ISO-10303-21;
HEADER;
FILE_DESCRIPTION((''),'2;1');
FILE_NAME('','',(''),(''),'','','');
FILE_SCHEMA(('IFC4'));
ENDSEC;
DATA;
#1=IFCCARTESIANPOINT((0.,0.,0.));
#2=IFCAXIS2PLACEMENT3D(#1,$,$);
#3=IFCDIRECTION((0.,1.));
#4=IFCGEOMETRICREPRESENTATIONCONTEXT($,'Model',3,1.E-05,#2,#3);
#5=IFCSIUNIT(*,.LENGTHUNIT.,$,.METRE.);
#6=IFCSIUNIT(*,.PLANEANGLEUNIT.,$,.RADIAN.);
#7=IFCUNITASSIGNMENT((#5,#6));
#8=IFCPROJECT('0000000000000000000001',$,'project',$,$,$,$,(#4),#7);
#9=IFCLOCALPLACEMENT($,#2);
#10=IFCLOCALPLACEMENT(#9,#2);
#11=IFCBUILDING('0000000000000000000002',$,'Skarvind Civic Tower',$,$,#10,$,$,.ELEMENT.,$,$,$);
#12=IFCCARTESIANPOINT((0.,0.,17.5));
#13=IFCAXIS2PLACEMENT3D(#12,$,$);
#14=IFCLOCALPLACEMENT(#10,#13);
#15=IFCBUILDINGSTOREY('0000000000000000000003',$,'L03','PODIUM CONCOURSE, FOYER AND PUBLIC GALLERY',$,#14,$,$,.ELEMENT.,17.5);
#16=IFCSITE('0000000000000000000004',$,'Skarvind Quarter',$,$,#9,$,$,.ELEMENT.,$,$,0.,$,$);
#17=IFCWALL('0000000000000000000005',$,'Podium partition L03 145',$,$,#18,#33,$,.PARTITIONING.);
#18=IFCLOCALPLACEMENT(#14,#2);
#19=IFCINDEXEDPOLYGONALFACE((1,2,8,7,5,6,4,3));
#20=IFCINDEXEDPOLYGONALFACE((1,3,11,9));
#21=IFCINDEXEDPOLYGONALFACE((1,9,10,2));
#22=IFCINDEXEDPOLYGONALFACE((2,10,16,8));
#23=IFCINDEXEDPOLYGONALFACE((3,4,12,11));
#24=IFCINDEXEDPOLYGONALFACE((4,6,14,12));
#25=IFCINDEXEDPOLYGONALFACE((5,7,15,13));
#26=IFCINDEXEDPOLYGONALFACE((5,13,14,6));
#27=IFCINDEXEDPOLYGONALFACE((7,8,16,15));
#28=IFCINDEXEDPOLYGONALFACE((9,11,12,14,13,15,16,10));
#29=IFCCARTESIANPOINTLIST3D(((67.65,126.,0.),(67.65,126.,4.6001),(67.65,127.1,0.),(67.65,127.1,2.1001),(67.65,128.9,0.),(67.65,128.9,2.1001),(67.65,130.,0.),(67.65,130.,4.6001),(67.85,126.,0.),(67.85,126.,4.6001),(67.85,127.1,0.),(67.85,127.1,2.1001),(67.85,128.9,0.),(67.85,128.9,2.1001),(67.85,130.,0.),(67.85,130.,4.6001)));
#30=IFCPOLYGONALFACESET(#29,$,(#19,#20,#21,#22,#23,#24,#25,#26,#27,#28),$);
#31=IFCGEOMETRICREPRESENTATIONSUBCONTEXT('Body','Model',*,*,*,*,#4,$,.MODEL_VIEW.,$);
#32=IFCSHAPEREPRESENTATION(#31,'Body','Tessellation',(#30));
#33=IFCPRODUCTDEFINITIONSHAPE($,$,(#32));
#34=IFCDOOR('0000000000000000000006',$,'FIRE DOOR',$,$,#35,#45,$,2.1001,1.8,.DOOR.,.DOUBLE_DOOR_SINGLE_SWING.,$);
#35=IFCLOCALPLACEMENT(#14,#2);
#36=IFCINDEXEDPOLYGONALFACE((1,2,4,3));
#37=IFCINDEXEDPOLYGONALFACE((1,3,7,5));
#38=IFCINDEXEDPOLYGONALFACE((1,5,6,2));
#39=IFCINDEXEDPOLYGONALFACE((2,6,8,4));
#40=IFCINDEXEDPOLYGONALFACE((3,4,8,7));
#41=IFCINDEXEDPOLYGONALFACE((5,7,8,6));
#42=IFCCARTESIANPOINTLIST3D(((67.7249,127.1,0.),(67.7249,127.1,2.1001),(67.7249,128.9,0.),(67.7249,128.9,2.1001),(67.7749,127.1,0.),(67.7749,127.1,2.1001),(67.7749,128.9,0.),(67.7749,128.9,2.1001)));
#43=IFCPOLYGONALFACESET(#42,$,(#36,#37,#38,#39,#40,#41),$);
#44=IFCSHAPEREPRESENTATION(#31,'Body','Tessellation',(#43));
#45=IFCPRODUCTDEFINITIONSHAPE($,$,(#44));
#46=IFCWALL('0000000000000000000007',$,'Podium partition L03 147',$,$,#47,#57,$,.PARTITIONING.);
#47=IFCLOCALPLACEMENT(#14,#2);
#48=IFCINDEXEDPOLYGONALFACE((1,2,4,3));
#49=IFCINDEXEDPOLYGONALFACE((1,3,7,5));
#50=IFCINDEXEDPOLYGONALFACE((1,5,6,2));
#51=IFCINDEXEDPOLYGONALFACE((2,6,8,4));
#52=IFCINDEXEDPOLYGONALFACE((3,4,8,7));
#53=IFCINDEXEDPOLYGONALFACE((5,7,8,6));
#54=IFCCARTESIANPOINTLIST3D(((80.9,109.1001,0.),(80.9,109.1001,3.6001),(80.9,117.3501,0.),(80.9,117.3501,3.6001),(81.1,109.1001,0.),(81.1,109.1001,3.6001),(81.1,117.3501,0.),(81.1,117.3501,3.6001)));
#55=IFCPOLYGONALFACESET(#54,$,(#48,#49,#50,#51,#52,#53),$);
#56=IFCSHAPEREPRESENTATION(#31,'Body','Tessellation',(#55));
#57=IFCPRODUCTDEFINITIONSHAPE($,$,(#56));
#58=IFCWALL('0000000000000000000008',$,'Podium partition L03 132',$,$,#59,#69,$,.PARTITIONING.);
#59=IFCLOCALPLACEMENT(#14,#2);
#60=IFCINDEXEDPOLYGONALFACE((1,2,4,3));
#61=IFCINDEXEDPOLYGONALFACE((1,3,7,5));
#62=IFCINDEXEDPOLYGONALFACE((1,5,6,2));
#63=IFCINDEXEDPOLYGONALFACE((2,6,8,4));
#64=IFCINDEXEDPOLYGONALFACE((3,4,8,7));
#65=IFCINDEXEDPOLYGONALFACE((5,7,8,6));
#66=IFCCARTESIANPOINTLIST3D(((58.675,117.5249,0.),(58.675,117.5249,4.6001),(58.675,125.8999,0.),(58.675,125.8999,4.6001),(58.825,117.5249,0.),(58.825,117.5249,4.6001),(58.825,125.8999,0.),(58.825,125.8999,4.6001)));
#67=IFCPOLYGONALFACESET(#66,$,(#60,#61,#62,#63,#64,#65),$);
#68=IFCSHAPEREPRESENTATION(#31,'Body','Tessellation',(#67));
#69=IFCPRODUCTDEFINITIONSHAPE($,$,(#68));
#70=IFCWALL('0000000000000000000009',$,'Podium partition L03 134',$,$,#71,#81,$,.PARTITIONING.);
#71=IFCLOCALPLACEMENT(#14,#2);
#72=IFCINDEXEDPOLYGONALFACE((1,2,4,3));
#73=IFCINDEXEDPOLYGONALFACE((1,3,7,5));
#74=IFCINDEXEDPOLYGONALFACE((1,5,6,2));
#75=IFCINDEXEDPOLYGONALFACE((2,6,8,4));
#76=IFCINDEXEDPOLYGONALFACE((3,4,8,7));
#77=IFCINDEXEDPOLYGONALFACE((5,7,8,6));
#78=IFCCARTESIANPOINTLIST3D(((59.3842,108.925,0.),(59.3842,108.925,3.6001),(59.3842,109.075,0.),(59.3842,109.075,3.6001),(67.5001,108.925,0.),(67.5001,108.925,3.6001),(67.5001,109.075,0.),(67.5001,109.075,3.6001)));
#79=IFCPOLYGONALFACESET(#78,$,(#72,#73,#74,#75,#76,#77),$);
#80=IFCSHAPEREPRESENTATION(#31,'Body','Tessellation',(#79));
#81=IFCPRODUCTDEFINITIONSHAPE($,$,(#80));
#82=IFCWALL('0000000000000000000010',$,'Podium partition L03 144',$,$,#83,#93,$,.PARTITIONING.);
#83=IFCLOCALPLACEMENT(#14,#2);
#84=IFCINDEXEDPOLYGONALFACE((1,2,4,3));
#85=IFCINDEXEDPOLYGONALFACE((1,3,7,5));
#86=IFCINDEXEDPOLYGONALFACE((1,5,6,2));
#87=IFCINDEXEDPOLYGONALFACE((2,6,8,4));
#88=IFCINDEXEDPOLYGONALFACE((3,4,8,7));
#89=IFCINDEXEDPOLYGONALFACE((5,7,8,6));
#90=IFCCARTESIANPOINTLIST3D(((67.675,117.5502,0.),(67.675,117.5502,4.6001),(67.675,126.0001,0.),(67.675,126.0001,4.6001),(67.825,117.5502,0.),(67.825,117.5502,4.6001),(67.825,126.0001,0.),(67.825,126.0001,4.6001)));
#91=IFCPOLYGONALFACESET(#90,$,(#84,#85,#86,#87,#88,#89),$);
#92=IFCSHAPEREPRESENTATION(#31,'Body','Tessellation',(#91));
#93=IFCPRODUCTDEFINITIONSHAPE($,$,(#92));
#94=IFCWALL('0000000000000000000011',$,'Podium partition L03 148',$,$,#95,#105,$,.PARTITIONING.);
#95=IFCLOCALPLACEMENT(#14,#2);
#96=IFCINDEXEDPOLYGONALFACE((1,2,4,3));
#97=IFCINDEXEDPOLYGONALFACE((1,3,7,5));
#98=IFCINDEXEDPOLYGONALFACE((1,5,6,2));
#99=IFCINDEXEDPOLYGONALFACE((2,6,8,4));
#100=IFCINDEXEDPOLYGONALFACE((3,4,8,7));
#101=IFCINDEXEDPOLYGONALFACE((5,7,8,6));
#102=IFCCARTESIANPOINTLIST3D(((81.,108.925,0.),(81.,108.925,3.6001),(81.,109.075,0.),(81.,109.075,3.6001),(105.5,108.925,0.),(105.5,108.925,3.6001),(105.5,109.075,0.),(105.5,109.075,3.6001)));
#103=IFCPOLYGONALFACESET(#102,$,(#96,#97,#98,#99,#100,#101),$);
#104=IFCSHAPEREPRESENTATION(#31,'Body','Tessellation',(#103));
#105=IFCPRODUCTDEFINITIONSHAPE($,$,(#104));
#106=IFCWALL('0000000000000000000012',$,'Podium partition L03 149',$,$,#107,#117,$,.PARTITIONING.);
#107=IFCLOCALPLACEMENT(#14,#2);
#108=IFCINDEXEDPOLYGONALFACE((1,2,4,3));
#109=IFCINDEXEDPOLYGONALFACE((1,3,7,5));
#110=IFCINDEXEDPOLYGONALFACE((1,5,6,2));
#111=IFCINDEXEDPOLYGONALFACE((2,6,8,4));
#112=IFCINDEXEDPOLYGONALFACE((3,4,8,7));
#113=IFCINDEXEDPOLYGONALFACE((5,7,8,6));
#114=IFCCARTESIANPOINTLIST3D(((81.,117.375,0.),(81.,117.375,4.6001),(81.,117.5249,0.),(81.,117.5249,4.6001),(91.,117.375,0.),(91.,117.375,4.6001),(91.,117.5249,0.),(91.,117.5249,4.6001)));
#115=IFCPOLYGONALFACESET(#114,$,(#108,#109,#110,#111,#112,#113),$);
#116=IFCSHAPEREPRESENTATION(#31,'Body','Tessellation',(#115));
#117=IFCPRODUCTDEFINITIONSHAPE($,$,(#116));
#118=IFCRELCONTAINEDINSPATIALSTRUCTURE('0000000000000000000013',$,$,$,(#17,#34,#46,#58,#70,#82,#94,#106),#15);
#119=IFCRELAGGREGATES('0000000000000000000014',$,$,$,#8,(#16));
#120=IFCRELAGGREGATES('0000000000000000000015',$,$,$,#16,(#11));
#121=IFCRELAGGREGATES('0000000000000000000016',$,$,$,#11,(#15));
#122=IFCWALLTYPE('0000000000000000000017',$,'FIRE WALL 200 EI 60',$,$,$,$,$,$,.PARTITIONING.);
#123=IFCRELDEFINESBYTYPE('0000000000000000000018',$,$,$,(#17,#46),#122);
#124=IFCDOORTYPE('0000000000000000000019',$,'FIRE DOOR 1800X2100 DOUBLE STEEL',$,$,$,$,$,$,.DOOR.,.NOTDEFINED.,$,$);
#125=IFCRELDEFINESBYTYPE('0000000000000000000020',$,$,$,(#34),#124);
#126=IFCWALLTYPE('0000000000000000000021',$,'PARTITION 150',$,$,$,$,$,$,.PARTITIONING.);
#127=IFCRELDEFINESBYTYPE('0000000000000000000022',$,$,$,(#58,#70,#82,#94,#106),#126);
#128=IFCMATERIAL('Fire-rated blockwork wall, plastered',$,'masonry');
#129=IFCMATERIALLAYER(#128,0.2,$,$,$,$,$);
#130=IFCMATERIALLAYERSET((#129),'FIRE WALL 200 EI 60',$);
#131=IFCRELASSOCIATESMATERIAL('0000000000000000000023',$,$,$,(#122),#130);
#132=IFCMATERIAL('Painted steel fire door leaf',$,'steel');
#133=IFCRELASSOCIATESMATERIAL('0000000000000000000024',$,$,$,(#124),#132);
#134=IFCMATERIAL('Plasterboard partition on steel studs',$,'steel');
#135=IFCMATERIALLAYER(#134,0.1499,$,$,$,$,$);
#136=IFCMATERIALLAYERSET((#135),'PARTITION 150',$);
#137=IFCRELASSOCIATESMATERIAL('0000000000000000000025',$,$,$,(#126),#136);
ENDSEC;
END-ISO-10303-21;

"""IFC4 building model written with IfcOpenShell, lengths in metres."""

from ifc_helpers import new_model, si_unit, direction, frame, frame_2d, origin, place, context, subcontext, project, spatial, rectangle, extrude, material, layer, layer_set, type_object, element, fill, save


model = new_model("IFC4")

# Units and contexts
model_context = context("Model", 3, precision=1e-05, world=origin(), true_north=direction((0.0, 1.0)))
body_context = subcontext(model_context, "Body", "Model", "MODEL_VIEW")
ifc_project = project(units=[si_unit("LENGTHUNIT", "METRE"), si_unit("PLANEANGLEUNIT", "RADIAN")], contexts=[model_context])

# Site, building, storey
site_placement = place(None, origin())
site = spatial("IfcSite", under=ifc_project, at=site_placement, Name="Skarvind Quarter", CompositionType="ELEMENT", RefElevation=0.0)
building_placement = place(site_placement, origin())
building = spatial("IfcBuilding", under=site, at=building_placement, Name="Skarvind Civic Tower", CompositionType="ELEMENT")
storey_placement = place(building_placement, frame((0.0, 0.0, 17.5)))
storey = spatial("IfcBuildingStorey", under=building, at=storey_placement, Name="L03", Description="PODIUM CONCOURSE, FOYER AND PUBLIC GALLERY", CompositionType="ELEMENT", Elevation=17.5)

# Shared definitions
ifc_material_1 = material(Name="Fire-rated blockwork wall, plastered", Category="masonry")
ifc_layer_1 = layer(ifc_material_1, 0.2)
ifc_layer_set_1 = layer_set([ifc_layer_1], Name="FIRE WALL 200 EI 60")
wall_type_1 = type_object("IfcWallType", Name="FIRE WALL 200 EI 60", PredefinedType="PARTITIONING", material=ifc_layer_set_1)
ifc_material_2 = material(Name="Painted steel fire door leaf", Category="steel")

# Wall, opening, door
door_type_1 = type_object("IfcDoorType", Name="FIRE DOOR 1800X2100 DOUBLE STEEL", OperationType="NOTDEFINED", PredefinedType="DOOR", material=ifc_material_2)
wall_1_placement = place(storey_placement, frame((67.75, 130.0, 0.0), z_axis=(0.0, 0.0, 1.0), x_axis=(0.0, -1.0, 0.0)))
wall_1 = element("IfcWall", 1, at=wall_1_placement, inside=storey, type_object=wall_type_1, Name="Podium partition L03 145", PredefinedType="PARTITIONING", context=body_context, shape_type="SweptSolid", body=[
    extrude(rectangle(XDim=4.0, YDim=0.2, at=frame_2d((2.0, 0.0))), origin(), (0.0, 0.0, 1.0), 4.6001),
])
opening_1_placement = place(wall_1_placement, frame((1.1001, 0.0, 0.0)))
opening_1 = element("IfcOpeningElement", 2, at=opening_1_placement, cuts=wall_1, PredefinedType="OPENING", context=body_context, shape_type="SweptSolid", body=[
    extrude(rectangle(XDim=1.8, YDim=2.1001, at=frame_2d((0.8999, 1.05))), frame((0.0, 0.1099, 0.0), z_axis=(0.0, -1.0, 0.0), x_axis=(1.0, 0.0, 0.0)), (0.0, 0.0, 1.0), 0.22),
])
door_1_placement = place(opening_1_placement, origin())
door_1 = element("IfcDoor", 3, at=door_1_placement, inside=storey, type_object=door_type_1, Name="FIRE DOOR", OperationType="DOUBLE_DOOR_SINGLE_SWING", OverallHeight=2.1001, OverallWidth=1.8, PredefinedType="DOOR", context=body_context, shape_type="SweptSolid", body=[
    extrude(rectangle(XDim=1.8, YDim=2.1001, at=frame_2d((0.8999, 1.05))), frame((0.0, 0.0249, 0.0), z_axis=(0.0, -1.0, 0.0), x_axis=(1.0, 0.0, 0.0)), (0.0, 0.0, 1.0), 0.05),
])
fill(opening_1, door_1)

# Walls
wall_2_placement = place(storey_placement, frame((81.0, 109.1001, 0.0), z_axis=(0.0, 0.0, 1.0), x_axis=(0.0, 1.0, 0.0)))
element("IfcWall", 4, at=wall_2_placement, inside=storey, type_object=wall_type_1, Name="Podium partition L03 147", PredefinedType="PARTITIONING", context=body_context, shape_type="SweptSolid", body=[
    extrude(rectangle(XDim=8.25, YDim=0.2, at=frame_2d((4.125, 0.0))), origin(), (0.0, 0.0, 1.0), 3.6001),
])
ifc_material_3 = material(Name="Plasterboard partition on steel studs", Category="steel")
ifc_layer_2 = layer(ifc_material_3, 0.1499)
ifc_layer_set_2 = layer_set([ifc_layer_2], Name="PARTITION 150")
wall_type_2 = type_object("IfcWallType", Name="PARTITION 150", PredefinedType="PARTITIONING", material=ifc_layer_set_2)
wall_3_placement = place(storey_placement, frame((58.75, 117.5249, 0.0), z_axis=(0.0, 0.0, 1.0), x_axis=(0.0, 1.0, 0.0)))
element("IfcWall", 5, at=wall_3_placement, inside=storey, type_object=wall_type_2, Name="Podium partition L03 132", PredefinedType="PARTITIONING", context=body_context, shape_type="SweptSolid", body=[
    extrude(rectangle(XDim=8.375, YDim=0.1499, at=frame_2d((4.1875, 0.0))), origin(), (0.0, 0.0, 1.0), 4.6001),
])
wall_4_placement = place(storey_placement, frame((59.384, 109.0, 0.0), z_axis=(0.0, 0.0, 1.0), x_axis=(1.0, 0.0, 0.0)))
element("IfcWall", 6, at=wall_4_placement, inside=storey, type_object=wall_type_2, Name="Podium partition L03 134", PredefinedType="PARTITIONING", context=body_context, shape_type="SweptSolid", body=[
    extrude(rectangle(XDim=8.116, YDim=0.1499, at=frame_2d((4.0581, 0.0))), origin(), (0.0, 0.0, 1.0), 3.6001),
])
wall_5_placement = place(storey_placement, frame((67.75, 117.55, 0.0), z_axis=(0.0, 0.0, 1.0), x_axis=(0.0, 1.0, 0.0)))
element("IfcWall", 7, at=wall_5_placement, inside=storey, type_object=wall_type_2, Name="Podium partition L03 144", PredefinedType="PARTITIONING", context=body_context, shape_type="SweptSolid", body=[
    extrude(rectangle(XDim=8.45, YDim=0.1499, at=frame_2d((4.2251, 0.0))), origin(), (0.0, 0.0, 1.0), 4.6001),
])
wall_6_placement = place(storey_placement, frame((81.0, 109.0, 0.0), z_axis=(0.0, 0.0, 1.0), x_axis=(1.0, 0.0, 0.0)))
element("IfcWall", 8, at=wall_6_placement, inside=storey, type_object=wall_type_2, Name="Podium partition L03 148", PredefinedType="PARTITIONING", context=body_context, shape_type="SweptSolid", body=[
    extrude(rectangle(XDim=24.5, YDim=0.1499, at=frame_2d((12.25, 0.0))), origin(), (0.0, 0.0, 1.0), 3.6001),
])
wall_7_placement = place(storey_placement, frame((81.0, 117.45, 0.0), z_axis=(0.0, 0.0, 1.0), x_axis=(1.0, 0.0, 0.0)))
element("IfcWall", 9, at=wall_7_placement, inside=storey, type_object=wall_type_2, Name="Podium partition L03 149", PredefinedType="PARTITIONING", context=body_context, shape_type="SweptSolid", body=[
    extrude(rectangle(XDim=10.0, YDim=0.1499, at=frame_2d((5.0, 0.0))), origin(), (0.0, 0.0, 1.0), 4.6001),
])

save(model, "model.ifc")
